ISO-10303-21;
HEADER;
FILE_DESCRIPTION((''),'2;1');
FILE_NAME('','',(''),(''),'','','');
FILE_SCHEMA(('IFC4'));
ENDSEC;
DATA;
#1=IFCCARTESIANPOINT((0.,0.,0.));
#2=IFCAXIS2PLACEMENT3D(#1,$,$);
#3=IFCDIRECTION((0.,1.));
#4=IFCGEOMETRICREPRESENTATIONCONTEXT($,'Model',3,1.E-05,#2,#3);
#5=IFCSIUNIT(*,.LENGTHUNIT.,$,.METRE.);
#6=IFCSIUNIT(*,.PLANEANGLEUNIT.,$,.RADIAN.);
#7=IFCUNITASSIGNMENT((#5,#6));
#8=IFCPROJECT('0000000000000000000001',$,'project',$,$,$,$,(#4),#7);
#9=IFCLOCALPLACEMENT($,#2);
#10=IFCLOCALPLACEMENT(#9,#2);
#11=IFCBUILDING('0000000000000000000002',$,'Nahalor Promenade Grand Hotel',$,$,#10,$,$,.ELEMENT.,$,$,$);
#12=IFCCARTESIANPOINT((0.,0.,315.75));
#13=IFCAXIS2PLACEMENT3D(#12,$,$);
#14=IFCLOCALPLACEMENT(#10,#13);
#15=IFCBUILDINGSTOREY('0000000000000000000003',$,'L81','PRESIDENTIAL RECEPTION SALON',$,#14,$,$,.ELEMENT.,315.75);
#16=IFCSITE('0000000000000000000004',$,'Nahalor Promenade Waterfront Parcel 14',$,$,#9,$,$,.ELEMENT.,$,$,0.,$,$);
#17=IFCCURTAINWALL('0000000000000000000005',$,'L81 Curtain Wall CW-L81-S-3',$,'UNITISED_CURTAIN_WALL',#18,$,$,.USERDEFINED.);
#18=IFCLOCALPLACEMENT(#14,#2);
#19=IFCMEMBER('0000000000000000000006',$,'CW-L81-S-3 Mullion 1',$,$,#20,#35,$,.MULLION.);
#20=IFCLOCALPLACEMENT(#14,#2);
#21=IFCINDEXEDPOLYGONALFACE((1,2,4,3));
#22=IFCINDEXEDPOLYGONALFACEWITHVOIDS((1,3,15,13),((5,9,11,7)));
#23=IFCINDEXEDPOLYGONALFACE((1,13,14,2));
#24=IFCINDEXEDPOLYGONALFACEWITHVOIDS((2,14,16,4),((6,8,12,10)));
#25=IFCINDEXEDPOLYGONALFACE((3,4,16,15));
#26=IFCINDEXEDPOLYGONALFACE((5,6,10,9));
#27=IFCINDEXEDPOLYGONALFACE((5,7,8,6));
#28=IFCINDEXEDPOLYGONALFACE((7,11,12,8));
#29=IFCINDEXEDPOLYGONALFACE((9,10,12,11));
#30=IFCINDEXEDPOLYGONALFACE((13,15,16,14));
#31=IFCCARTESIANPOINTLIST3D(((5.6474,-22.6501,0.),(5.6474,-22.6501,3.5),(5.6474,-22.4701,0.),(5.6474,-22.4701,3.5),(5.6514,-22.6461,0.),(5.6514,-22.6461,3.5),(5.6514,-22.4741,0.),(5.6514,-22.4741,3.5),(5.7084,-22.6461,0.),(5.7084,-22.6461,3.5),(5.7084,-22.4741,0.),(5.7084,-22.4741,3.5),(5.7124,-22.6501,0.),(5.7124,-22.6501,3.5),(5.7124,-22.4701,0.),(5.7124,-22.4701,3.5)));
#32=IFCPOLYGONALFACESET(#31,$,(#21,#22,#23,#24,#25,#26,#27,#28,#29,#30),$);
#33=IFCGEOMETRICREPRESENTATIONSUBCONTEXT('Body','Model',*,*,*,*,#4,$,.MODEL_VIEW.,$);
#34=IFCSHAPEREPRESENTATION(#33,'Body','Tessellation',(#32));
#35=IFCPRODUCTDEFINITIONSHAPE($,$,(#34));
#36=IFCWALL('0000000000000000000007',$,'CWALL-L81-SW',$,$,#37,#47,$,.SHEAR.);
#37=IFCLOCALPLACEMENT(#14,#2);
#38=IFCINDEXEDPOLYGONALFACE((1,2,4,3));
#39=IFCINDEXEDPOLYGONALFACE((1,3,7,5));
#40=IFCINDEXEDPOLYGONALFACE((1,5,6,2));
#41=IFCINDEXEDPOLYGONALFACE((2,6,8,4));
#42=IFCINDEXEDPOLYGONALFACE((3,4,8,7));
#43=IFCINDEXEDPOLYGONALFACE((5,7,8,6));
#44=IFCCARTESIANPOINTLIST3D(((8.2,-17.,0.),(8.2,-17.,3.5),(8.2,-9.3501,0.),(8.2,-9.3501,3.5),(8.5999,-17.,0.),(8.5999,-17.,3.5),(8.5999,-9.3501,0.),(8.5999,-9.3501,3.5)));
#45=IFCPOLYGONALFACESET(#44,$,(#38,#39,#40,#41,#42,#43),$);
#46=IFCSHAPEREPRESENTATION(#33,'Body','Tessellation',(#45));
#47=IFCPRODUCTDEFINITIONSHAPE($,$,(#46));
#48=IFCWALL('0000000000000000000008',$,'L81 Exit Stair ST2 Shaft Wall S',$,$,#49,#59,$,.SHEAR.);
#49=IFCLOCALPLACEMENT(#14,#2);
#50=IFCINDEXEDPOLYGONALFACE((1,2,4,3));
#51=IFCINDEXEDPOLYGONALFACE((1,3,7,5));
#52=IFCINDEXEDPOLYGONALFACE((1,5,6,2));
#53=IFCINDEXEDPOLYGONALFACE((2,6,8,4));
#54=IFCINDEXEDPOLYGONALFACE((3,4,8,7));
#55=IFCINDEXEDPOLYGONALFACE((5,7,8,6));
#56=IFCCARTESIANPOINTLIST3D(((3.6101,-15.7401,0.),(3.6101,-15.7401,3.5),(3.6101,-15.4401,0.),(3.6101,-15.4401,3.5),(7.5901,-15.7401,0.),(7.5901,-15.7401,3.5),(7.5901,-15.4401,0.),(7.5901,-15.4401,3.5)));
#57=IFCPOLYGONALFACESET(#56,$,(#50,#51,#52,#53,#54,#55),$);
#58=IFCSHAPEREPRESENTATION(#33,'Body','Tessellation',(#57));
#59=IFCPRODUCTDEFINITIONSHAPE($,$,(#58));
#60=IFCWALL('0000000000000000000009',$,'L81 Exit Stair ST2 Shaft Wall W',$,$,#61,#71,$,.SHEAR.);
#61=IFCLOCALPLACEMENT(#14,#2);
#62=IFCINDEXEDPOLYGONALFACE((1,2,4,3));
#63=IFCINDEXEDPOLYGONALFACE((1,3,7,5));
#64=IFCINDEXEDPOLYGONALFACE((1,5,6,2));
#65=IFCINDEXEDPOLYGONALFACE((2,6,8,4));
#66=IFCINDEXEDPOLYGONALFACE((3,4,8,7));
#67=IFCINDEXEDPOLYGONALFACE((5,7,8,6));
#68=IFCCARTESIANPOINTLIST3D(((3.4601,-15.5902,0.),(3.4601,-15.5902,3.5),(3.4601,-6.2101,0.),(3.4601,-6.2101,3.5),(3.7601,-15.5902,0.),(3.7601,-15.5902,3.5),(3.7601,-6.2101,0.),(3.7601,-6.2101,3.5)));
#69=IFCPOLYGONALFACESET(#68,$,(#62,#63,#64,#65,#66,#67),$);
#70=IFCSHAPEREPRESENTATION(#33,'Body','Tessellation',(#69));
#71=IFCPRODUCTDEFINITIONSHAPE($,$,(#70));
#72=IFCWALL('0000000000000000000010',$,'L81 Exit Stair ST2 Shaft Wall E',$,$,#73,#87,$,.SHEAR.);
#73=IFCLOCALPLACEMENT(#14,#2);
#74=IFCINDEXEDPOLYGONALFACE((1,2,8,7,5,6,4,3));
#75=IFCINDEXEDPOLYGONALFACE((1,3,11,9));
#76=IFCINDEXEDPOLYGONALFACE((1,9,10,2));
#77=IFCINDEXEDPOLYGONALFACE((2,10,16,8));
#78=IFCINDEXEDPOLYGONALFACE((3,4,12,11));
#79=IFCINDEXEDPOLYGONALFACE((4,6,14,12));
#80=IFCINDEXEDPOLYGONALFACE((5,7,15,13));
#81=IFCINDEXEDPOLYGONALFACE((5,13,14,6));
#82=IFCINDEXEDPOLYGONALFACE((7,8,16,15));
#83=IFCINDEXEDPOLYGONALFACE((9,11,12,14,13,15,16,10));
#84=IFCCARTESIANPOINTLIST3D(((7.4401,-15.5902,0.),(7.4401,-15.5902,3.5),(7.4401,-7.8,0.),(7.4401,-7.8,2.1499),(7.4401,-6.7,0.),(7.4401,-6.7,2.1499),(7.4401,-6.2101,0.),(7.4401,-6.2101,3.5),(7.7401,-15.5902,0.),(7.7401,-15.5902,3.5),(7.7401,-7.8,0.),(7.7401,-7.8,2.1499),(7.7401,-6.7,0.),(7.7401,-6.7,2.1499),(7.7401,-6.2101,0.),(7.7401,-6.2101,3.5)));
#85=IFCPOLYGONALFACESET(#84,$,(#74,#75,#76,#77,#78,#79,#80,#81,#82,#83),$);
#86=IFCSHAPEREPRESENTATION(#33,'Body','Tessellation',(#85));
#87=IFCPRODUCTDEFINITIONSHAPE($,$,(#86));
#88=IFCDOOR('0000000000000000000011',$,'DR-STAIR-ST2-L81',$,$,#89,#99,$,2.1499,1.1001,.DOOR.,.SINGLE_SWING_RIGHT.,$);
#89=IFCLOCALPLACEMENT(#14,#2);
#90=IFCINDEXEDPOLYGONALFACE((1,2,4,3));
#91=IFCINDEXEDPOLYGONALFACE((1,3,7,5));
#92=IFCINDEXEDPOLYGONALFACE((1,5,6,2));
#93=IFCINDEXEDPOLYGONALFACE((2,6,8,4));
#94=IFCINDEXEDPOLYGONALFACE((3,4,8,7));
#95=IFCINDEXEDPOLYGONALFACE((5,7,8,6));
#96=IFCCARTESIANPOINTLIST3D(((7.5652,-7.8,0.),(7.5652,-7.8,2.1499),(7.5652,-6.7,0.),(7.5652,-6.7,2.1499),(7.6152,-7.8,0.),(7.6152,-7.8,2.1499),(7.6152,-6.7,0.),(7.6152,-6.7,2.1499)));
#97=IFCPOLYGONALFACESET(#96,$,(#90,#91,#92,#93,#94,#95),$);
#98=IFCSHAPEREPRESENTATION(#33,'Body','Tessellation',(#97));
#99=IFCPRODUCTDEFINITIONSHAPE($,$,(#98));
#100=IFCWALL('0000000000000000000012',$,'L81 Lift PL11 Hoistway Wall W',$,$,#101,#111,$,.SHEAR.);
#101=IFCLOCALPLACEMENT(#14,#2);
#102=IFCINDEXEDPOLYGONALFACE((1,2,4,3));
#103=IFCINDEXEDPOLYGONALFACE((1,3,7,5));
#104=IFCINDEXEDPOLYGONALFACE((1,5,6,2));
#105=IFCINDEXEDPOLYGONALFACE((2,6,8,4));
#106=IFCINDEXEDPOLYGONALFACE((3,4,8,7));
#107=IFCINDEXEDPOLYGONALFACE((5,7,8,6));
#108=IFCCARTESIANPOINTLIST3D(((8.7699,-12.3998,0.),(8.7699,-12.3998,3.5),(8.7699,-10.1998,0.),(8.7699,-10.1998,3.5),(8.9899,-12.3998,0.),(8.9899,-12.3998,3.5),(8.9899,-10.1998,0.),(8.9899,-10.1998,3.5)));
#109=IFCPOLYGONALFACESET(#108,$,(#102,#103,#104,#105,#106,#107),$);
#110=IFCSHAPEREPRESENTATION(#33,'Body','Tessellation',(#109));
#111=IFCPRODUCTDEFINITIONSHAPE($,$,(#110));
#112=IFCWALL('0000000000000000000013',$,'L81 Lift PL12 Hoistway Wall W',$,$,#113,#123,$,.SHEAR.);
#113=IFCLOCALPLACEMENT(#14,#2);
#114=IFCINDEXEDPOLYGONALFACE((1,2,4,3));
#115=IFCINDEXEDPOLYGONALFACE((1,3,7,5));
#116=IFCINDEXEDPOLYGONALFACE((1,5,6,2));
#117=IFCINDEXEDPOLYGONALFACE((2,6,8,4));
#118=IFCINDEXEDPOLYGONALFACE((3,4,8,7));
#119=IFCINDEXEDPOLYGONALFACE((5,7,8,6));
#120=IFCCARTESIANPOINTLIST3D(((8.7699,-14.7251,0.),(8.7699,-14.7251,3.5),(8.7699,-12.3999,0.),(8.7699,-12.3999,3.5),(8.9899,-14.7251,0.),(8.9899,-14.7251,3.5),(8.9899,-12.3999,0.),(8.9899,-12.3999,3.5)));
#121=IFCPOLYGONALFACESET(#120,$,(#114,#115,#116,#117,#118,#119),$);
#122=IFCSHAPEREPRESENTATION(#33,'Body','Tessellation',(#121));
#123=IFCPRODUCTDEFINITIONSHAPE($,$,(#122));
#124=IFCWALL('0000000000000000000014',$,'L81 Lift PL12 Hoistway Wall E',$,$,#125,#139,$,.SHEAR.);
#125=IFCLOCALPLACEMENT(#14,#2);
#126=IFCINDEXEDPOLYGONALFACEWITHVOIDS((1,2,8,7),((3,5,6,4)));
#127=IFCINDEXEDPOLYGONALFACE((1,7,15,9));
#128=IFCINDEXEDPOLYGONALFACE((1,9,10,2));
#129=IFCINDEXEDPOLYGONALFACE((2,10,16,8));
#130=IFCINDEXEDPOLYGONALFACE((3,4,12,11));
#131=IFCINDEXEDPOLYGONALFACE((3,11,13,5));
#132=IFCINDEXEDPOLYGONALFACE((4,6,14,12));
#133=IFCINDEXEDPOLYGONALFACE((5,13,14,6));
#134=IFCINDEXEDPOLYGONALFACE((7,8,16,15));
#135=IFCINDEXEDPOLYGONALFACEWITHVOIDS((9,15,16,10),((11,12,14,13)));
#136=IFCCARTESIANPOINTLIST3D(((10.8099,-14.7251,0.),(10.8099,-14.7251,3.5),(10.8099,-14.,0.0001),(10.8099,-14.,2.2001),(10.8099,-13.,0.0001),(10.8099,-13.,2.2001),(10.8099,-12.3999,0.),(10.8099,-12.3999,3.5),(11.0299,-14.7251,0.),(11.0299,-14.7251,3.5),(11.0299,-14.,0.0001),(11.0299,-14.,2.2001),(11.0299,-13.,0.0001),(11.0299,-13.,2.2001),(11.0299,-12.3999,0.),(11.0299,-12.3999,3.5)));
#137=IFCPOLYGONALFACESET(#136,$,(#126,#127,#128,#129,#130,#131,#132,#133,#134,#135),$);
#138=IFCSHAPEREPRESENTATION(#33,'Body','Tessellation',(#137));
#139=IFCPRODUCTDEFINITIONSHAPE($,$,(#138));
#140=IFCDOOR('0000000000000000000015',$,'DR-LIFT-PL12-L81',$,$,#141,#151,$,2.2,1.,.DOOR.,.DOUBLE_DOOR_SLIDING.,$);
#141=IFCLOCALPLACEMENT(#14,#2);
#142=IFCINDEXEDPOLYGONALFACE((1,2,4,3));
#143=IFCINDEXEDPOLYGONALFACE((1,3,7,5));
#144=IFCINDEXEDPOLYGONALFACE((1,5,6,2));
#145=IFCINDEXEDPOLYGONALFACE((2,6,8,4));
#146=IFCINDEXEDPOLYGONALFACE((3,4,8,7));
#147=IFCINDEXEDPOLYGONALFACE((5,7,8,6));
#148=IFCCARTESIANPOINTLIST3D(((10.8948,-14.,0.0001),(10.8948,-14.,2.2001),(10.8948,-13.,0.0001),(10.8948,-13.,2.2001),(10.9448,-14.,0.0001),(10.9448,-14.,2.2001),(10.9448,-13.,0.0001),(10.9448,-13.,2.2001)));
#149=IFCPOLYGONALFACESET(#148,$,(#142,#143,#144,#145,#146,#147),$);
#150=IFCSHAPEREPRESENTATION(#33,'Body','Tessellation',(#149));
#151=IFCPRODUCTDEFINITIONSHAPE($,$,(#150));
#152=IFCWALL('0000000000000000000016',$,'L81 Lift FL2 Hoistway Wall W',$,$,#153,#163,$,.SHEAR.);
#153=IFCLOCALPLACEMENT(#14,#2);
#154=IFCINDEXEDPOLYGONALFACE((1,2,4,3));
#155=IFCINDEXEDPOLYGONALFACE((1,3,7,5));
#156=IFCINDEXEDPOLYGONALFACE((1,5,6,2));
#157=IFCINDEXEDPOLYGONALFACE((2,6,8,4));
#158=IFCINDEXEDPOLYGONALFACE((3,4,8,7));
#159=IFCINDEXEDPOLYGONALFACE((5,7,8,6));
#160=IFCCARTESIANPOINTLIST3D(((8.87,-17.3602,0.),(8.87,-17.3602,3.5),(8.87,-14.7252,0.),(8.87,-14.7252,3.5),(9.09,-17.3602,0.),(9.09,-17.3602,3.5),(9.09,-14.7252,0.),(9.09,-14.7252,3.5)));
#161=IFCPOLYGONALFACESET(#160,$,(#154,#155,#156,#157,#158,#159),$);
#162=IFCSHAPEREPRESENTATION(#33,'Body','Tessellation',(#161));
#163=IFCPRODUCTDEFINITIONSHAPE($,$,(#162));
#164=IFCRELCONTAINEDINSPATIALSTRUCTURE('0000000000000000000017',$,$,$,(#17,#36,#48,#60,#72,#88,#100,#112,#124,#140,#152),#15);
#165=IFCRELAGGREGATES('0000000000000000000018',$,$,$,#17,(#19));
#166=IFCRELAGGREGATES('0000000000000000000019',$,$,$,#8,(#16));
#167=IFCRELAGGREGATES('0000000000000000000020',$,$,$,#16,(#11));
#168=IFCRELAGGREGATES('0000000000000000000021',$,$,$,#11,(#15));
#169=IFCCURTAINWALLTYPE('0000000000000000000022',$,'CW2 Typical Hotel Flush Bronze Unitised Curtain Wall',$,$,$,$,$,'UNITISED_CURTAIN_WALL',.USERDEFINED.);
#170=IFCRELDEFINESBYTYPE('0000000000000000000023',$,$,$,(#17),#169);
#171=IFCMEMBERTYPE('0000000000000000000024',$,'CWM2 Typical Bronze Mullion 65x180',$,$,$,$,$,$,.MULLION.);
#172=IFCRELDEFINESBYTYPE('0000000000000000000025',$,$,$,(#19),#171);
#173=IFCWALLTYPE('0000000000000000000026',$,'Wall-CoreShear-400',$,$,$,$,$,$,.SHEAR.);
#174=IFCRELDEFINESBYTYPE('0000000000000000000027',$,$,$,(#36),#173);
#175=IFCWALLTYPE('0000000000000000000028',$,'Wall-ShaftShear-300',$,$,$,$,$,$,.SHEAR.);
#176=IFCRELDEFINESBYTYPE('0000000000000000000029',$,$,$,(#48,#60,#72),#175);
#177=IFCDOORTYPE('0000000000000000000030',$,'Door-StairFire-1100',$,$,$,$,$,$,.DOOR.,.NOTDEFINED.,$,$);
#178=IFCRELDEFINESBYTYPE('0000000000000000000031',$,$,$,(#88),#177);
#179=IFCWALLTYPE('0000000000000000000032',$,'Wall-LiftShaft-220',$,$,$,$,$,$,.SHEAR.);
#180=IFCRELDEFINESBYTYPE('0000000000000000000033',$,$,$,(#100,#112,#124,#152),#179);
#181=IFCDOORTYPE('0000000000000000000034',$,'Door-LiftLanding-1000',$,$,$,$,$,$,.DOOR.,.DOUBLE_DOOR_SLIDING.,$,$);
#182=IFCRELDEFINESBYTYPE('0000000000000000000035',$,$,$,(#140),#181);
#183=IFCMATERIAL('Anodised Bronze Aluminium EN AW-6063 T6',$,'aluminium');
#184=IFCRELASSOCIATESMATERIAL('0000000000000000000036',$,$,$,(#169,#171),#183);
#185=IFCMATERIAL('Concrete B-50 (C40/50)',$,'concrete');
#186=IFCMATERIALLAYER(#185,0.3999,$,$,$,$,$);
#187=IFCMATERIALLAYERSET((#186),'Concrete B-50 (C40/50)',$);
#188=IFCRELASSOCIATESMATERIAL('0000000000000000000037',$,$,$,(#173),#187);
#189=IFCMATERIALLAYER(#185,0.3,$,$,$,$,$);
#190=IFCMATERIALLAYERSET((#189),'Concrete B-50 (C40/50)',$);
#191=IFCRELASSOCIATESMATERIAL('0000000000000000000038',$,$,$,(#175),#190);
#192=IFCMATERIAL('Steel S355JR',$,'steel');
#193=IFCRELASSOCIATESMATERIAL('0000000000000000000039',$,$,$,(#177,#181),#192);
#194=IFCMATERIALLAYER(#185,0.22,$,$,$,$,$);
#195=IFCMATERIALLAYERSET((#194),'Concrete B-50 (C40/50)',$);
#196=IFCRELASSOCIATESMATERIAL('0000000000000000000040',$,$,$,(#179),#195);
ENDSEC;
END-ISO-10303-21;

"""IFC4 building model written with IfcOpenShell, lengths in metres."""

from ifc_helpers import new_model, si_unit, direction, frame, frame_2d, origin, origin_2d, place, context, subcontext, project, spatial, rectangle, hollow_rectangle, extrude, source, transform, mapped, material, layer, layer_set, material_profile, profile_set, type_object, element, fill, aggregate, save


model = new_model("IFC4")

# Units and contexts
model_context = context("Model", 3, precision=1e-05, world=origin(), true_north=direction((0.0, 1.0)))
body_context = subcontext(model_context, "Body", "Model", "MODEL_VIEW")
ifc_project = project(units=[si_unit("LENGTHUNIT", "METRE"), si_unit("PLANEANGLEUNIT", "RADIAN")], contexts=[model_context])

# Site, building, storey
site_placement = place(None, origin())
site = spatial("IfcSite", under=ifc_project, at=site_placement, Name="Nahalor Promenade Waterfront Parcel 14", CompositionType="ELEMENT", RefElevation=0.0)
building_placement = place(site_placement, origin())
building = spatial("IfcBuilding", under=site, at=building_placement, Name="Nahalor Promenade Grand Hotel", CompositionType="ELEMENT")
storey_placement = place(building_placement, frame((0.0, 0.0, 315.75)))
storey = spatial("IfcBuildingStorey", under=building, at=storey_placement, Name="L81", Description="PRESIDENTIAL RECEPTION SALON", CompositionType="ELEMENT", Elevation=315.75)

# Shared definitions
ifc_material_1 = material(Name="Concrete B-50 (C40/50)", Category="concrete")
ifc_material_2 = material(Name="Steel S355JR", Category="steel")

# Curtain wall, member
ifc_material_3 = material(Name="Anodised Bronze Aluminium EN AW-6063 T6", Category="aluminium")
curtain_wall_type = type_object("IfcCurtainWallType", Name="CW2 Typical Hotel Flush Bronze Unitised Curtain Wall", ElementType="UNITISED_CURTAIN_WALL", PredefinedType="USERDEFINED", material=ifc_material_3)
curtain_wall_placement = place(storey_placement, origin())
curtain_wall = element("IfcCurtainWall", 1, at=curtain_wall_placement, inside=storey, type_object=curtain_wall_type, Name="L81 Curtain Wall CW-L81-S-3", ObjectType="UNITISED_CURTAIN_WALL", PredefinedType="USERDEFINED")
ifc_material_profile_1 = material_profile(ifc_material_3, hollow_rectangle(XDim=0.065, YDim=0.18, WallThickness=0.004, at=origin_2d()), Name="CWM 65x180x4")
ifc_profile_set_1 = profile_set([ifc_material_profile_1], Name="Anodised Bronze Aluminium EN AW-6063 T6")
member_type_1 = type_object("IfcMemberType", Name="CWM2 Typical Bronze Mullion 65x180", PredefinedType="MULLION", material=ifc_profile_set_1)
shared_shape_1 = source(origin(), body_context, "Body", "SweptSolid", [
    extrude(hollow_rectangle(XDim=0.065, YDim=0.18, WallThickness=0.004, at=origin_2d()), origin(), (0.0, 0.0, 1.0), 3.5),
])
member_1_placement = place(storey_placement, frame((5.6799, -22.5601, 0.0), z_axis=(0.0, 0.0, 1.0), x_axis=(1.0, 0.0, 0.0)))
member_1 = element("IfcMember", 2, at=member_1_placement, type_object=member_type_1, Name="CW-L81-S-3 Mullion 1", PredefinedType="MULLION", context=body_context, shape_type="MappedRepresentation", body=[
    mapped(shared_shape_1, transform((0.0, 0.0, 0.0), scale=1.0)),
])
aggregate(curtain_wall, [member_1])

# Walls
ifc_layer_1 = layer(ifc_material_1, 0.3999)
ifc_layer_set_1 = layer_set([ifc_layer_1], Name="Concrete B-50 (C40/50)")
wall_type_1 = type_object("IfcWallType", Name="Wall-CoreShear-400", PredefinedType="SHEAR", material=ifc_layer_set_1)
shared_shape_2 = source(origin(), body_context, "Body", "SweptSolid", [
    extrude(rectangle(XDim=7.6499, YDim=0.3999, at=frame_2d((3.825, 0.0))), origin(), (0.0, 0.0, 1.0), 3.5),
])
wall_1_placement = place(storey_placement, frame((8.3999, -17.0, 0.0), z_axis=(0.0, 0.0, 1.0), x_axis=(0.0, 1.0, 0.0)))
element("IfcWall", 3, at=wall_1_placement, inside=storey, type_object=wall_type_1, Name="CWALL-L81-SW", PredefinedType="SHEAR", context=body_context, shape_type="MappedRepresentation", body=[
    mapped(shared_shape_2, transform((0.0, 0.0, 0.0), scale=1.0)),
])
ifc_layer_2 = layer(ifc_material_1, 0.3)
ifc_layer_set_2 = layer_set([ifc_layer_2], Name="Concrete B-50 (C40/50)")
wall_type_2 = type_object("IfcWallType", Name="Wall-ShaftShear-300", PredefinedType="SHEAR", material=ifc_layer_set_2)
shared_shape_3 = source(origin(), body_context, "Body", "SweptSolid", [
    extrude(rectangle(XDim=3.98, YDim=0.3, at=frame_2d((1.99, 0.0))), origin(), (0.0, 0.0, 1.0), 3.5),
])
wall_2_placement = place(storey_placement, frame((3.6101, -15.5901, 0.0), z_axis=(0.0, 0.0, 1.0), x_axis=(1.0, 0.0, 0.0)))
element("IfcWall", 4, at=wall_2_placement, inside=storey, type_object=wall_type_2, Name="L81 Exit Stair ST2 Shaft Wall S", PredefinedType="SHEAR", context=body_context, shape_type="MappedRepresentation", body=[
    mapped(shared_shape_3, transform((0.0, 0.0, 0.0), scale=1.0)),
])
shared_shape_4 = source(origin(), body_context, "Body", "SweptSolid", [
    extrude(rectangle(XDim=9.3801, YDim=0.3, at=frame_2d((4.6899, 0.0))), origin(), (0.0, 0.0, 1.0), 3.5),
])
wall_3_placement = place(storey_placement, frame((3.6101, -15.5901, 0.0), z_axis=(0.0, 0.0, 1.0), x_axis=(0.0, 1.0, 0.0)))
element("IfcWall", 5, at=wall_3_placement, inside=storey, type_object=wall_type_2, Name="L81 Exit Stair ST2 Shaft Wall W", PredefinedType="SHEAR", context=body_context, shape_type="MappedRepresentation", body=[
    mapped(shared_shape_4, transform((0.0, 0.0, 0.0), scale=1.0)),
])

# Wall, opening, door
wall_4_placement = place(storey_placement, frame((7.5901, -15.5901, 0.0), z_axis=(0.0, 0.0, 1.0), x_axis=(0.0, 1.0, 0.0)))
wall_4 = element("IfcWall", 6, at=wall_4_placement, inside=storey, type_object=wall_type_2, Name="L81 Exit Stair ST2 Shaft Wall E", PredefinedType="SHEAR", context=body_context, shape_type="MappedRepresentation", body=[
    mapped(shared_shape_4, transform((0.0, 0.0, 0.0), scale=1.0)),
])
opening_1_placement = place(wall_4_placement, frame((7.79, 0.0, 0.0)))
opening_1 = element("IfcOpeningElement", 7, at=opening_1_placement, cuts=wall_4, PredefinedType="OPENING", context=body_context, shape_type="SweptSolid", body=[
    extrude(rectangle(XDim=1.1001, YDim=2.1499, at=frame_2d((0.55, 1.075))), frame((0.0, 0.1599, 0.0), z_axis=(0.0, -1.0, 0.0), x_axis=(1.0, 0.0, 0.0)), (0.0, 0.0, 1.0), 0.3201),
])
door_type_1 = type_object("IfcDoorType", Name="Door-StairFire-1100", OperationType="NOTDEFINED", PredefinedType="DOOR", material=ifc_material_2)
shared_shape_5 = source(origin(), body_context, "Body", "SweptSolid", [
    extrude(rectangle(XDim=1.1001, YDim=2.1499, at=frame_2d((0.55, 1.075))), frame((0.0, 0.0249, 0.0), z_axis=(0.0, -1.0, 0.0), x_axis=(1.0, 0.0, 0.0)), (0.0, 0.0, 1.0), 0.05),
])
door_1_placement = place(opening_1_placement, origin())
door_1 = element("IfcDoor", 8, at=door_1_placement, inside=storey, type_object=door_type_1, Name="DR-STAIR-ST2-L81", OperationType="SINGLE_SWING_RIGHT", OverallHeight=2.1499, OverallWidth=1.1001, PredefinedType="DOOR", context=body_context, shape_type="MappedRepresentation", body=[
    mapped(shared_shape_5, transform((0.0, 0.0, 0.0), scale=1.0)),
])
fill(opening_1, door_1)

# Walls
ifc_layer_3 = layer(ifc_material_1, 0.22)
ifc_layer_set_3 = layer_set([ifc_layer_3], Name="Concrete B-50 (C40/50)")
wall_type_3 = type_object("IfcWallType", Name="Wall-LiftShaft-220", PredefinedType="SHEAR", material=ifc_layer_set_3)
shared_shape_6 = source(origin(), body_context, "Body", "SweptSolid", [
    extrude(rectangle(XDim=2.2, YDim=0.22, at=frame_2d((1.1001, 0.0))), origin(), (0.0, 0.0, 1.0), 3.5),
])
wall_5_placement = place(storey_placement, frame((8.8799, -12.3999, 0.0), z_axis=(0.0, 0.0, 1.0), x_axis=(0.0, 1.0, 0.0)))
element("IfcWall", 9, at=wall_5_placement, inside=storey, type_object=wall_type_3, Name="L81 Lift PL11 Hoistway Wall W", PredefinedType="SHEAR", context=body_context, shape_type="MappedRepresentation", body=[
    mapped(shared_shape_6, transform((0.0, 0.0, 0.0), scale=1.0)),
])
shared_shape_7 = source(origin(), body_context, "Body", "SweptSolid", [
    extrude(rectangle(XDim=2.3252, YDim=0.22, at=frame_2d((1.1626, 0.0))), origin(), (0.0, 0.0, 1.0), 3.5),
])
wall_6_placement = place(storey_placement, frame((8.8799, -14.7251, 0.0), z_axis=(0.0, 0.0, 1.0), x_axis=(0.0, 1.0, 0.0)))
element("IfcWall", 10, at=wall_6_placement, inside=storey, type_object=wall_type_3, Name="L81 Lift PL12 Hoistway Wall W", PredefinedType="SHEAR", context=body_context, shape_type="MappedRepresentation", body=[
    mapped(shared_shape_7, transform((0.0, 0.0, 0.0), scale=1.0)),
])

# Wall, opening, door
wall_7_placement = place(storey_placement, frame((10.9199, -14.7251, 0.0), z_axis=(0.0, 0.0, 1.0), x_axis=(0.0, 1.0, 0.0)))
wall_7 = element("IfcWall", 11, at=wall_7_placement, inside=storey, type_object=wall_type_3, Name="L81 Lift PL12 Hoistway Wall E", PredefinedType="SHEAR", context=body_context, shape_type="MappedRepresentation", body=[
    mapped(shared_shape_7, transform((0.0, 0.0, 0.0), scale=1.0)),
])
opening_2_placement = place(wall_7_placement, frame((0.7251, 0.0, 0.0)))
opening_2 = element("IfcOpeningElement", 12, at=opening_2_placement, cuts=wall_7, PredefinedType="OPENING", context=body_context, shape_type="SweptSolid", body=[
    extrude(rectangle(XDim=1.0, YDim=2.2, at=frame_2d((0.5, 1.1001))), frame((0.0, 0.1199, 0.0), z_axis=(0.0, -1.0, 0.0), x_axis=(1.0, 0.0, 0.0)), (0.0, 0.0, 1.0), 0.24),
])
door_type_2 = type_object("IfcDoorType", Name="Door-LiftLanding-1000", OperationType="DOUBLE_DOOR_SLIDING", PredefinedType="DOOR", material=ifc_material_2)
shared_shape_8 = source(origin(), body_context, "Body", "SweptSolid", [
    extrude(rectangle(XDim=1.0, YDim=2.2, at=frame_2d((0.5, 1.1001))), frame((0.0, 0.0249, 0.0), z_axis=(0.0, -1.0, 0.0), x_axis=(1.0, 0.0, 0.0)), (0.0, 0.0, 1.0), 0.05),
])
door_2_placement = place(opening_2_placement, frame((1.0, 0.0, 0.0), z_axis=(0.0, 0.0, 1.0), x_axis=(-1.0, 0.0, 0.0)))
door_2 = element("IfcDoor", 13, at=door_2_placement, inside=storey, type_object=door_type_2, Name="DR-LIFT-PL12-L81", OperationType="DOUBLE_DOOR_SLIDING", OverallHeight=2.2, OverallWidth=1.0, PredefinedType="DOOR", context=body_context, shape_type="MappedRepresentation", body=[
    mapped(shared_shape_8, transform((0.0, 0.0, 0.0), scale=1.0)),
])
fill(opening_2, door_2)

# Wall
shared_shape_9 = source(origin(), body_context, "Body", "SweptSolid", [
    extrude(rectangle(XDim=2.635, YDim=0.22, at=frame_2d((1.3174, 0.0))), origin(), (0.0, 0.0, 1.0), 3.5),
])
wall_8_placement = place(storey_placement, frame((8.98, -17.3601, 0.0), z_axis=(0.0, 0.0, 1.0), x_axis=(0.0, 1.0, 0.0)))
element("IfcWall", 14, at=wall_8_placement, inside=storey, type_object=wall_type_3, Name="L81 Lift FL2 Hoistway Wall W", PredefinedType="SHEAR", context=body_context, shape_type="MappedRepresentation", body=[
    mapped(shared_shape_9, transform((0.0, 0.0, 0.0), scale=1.0)),
])

save(model, "model.ifc")
